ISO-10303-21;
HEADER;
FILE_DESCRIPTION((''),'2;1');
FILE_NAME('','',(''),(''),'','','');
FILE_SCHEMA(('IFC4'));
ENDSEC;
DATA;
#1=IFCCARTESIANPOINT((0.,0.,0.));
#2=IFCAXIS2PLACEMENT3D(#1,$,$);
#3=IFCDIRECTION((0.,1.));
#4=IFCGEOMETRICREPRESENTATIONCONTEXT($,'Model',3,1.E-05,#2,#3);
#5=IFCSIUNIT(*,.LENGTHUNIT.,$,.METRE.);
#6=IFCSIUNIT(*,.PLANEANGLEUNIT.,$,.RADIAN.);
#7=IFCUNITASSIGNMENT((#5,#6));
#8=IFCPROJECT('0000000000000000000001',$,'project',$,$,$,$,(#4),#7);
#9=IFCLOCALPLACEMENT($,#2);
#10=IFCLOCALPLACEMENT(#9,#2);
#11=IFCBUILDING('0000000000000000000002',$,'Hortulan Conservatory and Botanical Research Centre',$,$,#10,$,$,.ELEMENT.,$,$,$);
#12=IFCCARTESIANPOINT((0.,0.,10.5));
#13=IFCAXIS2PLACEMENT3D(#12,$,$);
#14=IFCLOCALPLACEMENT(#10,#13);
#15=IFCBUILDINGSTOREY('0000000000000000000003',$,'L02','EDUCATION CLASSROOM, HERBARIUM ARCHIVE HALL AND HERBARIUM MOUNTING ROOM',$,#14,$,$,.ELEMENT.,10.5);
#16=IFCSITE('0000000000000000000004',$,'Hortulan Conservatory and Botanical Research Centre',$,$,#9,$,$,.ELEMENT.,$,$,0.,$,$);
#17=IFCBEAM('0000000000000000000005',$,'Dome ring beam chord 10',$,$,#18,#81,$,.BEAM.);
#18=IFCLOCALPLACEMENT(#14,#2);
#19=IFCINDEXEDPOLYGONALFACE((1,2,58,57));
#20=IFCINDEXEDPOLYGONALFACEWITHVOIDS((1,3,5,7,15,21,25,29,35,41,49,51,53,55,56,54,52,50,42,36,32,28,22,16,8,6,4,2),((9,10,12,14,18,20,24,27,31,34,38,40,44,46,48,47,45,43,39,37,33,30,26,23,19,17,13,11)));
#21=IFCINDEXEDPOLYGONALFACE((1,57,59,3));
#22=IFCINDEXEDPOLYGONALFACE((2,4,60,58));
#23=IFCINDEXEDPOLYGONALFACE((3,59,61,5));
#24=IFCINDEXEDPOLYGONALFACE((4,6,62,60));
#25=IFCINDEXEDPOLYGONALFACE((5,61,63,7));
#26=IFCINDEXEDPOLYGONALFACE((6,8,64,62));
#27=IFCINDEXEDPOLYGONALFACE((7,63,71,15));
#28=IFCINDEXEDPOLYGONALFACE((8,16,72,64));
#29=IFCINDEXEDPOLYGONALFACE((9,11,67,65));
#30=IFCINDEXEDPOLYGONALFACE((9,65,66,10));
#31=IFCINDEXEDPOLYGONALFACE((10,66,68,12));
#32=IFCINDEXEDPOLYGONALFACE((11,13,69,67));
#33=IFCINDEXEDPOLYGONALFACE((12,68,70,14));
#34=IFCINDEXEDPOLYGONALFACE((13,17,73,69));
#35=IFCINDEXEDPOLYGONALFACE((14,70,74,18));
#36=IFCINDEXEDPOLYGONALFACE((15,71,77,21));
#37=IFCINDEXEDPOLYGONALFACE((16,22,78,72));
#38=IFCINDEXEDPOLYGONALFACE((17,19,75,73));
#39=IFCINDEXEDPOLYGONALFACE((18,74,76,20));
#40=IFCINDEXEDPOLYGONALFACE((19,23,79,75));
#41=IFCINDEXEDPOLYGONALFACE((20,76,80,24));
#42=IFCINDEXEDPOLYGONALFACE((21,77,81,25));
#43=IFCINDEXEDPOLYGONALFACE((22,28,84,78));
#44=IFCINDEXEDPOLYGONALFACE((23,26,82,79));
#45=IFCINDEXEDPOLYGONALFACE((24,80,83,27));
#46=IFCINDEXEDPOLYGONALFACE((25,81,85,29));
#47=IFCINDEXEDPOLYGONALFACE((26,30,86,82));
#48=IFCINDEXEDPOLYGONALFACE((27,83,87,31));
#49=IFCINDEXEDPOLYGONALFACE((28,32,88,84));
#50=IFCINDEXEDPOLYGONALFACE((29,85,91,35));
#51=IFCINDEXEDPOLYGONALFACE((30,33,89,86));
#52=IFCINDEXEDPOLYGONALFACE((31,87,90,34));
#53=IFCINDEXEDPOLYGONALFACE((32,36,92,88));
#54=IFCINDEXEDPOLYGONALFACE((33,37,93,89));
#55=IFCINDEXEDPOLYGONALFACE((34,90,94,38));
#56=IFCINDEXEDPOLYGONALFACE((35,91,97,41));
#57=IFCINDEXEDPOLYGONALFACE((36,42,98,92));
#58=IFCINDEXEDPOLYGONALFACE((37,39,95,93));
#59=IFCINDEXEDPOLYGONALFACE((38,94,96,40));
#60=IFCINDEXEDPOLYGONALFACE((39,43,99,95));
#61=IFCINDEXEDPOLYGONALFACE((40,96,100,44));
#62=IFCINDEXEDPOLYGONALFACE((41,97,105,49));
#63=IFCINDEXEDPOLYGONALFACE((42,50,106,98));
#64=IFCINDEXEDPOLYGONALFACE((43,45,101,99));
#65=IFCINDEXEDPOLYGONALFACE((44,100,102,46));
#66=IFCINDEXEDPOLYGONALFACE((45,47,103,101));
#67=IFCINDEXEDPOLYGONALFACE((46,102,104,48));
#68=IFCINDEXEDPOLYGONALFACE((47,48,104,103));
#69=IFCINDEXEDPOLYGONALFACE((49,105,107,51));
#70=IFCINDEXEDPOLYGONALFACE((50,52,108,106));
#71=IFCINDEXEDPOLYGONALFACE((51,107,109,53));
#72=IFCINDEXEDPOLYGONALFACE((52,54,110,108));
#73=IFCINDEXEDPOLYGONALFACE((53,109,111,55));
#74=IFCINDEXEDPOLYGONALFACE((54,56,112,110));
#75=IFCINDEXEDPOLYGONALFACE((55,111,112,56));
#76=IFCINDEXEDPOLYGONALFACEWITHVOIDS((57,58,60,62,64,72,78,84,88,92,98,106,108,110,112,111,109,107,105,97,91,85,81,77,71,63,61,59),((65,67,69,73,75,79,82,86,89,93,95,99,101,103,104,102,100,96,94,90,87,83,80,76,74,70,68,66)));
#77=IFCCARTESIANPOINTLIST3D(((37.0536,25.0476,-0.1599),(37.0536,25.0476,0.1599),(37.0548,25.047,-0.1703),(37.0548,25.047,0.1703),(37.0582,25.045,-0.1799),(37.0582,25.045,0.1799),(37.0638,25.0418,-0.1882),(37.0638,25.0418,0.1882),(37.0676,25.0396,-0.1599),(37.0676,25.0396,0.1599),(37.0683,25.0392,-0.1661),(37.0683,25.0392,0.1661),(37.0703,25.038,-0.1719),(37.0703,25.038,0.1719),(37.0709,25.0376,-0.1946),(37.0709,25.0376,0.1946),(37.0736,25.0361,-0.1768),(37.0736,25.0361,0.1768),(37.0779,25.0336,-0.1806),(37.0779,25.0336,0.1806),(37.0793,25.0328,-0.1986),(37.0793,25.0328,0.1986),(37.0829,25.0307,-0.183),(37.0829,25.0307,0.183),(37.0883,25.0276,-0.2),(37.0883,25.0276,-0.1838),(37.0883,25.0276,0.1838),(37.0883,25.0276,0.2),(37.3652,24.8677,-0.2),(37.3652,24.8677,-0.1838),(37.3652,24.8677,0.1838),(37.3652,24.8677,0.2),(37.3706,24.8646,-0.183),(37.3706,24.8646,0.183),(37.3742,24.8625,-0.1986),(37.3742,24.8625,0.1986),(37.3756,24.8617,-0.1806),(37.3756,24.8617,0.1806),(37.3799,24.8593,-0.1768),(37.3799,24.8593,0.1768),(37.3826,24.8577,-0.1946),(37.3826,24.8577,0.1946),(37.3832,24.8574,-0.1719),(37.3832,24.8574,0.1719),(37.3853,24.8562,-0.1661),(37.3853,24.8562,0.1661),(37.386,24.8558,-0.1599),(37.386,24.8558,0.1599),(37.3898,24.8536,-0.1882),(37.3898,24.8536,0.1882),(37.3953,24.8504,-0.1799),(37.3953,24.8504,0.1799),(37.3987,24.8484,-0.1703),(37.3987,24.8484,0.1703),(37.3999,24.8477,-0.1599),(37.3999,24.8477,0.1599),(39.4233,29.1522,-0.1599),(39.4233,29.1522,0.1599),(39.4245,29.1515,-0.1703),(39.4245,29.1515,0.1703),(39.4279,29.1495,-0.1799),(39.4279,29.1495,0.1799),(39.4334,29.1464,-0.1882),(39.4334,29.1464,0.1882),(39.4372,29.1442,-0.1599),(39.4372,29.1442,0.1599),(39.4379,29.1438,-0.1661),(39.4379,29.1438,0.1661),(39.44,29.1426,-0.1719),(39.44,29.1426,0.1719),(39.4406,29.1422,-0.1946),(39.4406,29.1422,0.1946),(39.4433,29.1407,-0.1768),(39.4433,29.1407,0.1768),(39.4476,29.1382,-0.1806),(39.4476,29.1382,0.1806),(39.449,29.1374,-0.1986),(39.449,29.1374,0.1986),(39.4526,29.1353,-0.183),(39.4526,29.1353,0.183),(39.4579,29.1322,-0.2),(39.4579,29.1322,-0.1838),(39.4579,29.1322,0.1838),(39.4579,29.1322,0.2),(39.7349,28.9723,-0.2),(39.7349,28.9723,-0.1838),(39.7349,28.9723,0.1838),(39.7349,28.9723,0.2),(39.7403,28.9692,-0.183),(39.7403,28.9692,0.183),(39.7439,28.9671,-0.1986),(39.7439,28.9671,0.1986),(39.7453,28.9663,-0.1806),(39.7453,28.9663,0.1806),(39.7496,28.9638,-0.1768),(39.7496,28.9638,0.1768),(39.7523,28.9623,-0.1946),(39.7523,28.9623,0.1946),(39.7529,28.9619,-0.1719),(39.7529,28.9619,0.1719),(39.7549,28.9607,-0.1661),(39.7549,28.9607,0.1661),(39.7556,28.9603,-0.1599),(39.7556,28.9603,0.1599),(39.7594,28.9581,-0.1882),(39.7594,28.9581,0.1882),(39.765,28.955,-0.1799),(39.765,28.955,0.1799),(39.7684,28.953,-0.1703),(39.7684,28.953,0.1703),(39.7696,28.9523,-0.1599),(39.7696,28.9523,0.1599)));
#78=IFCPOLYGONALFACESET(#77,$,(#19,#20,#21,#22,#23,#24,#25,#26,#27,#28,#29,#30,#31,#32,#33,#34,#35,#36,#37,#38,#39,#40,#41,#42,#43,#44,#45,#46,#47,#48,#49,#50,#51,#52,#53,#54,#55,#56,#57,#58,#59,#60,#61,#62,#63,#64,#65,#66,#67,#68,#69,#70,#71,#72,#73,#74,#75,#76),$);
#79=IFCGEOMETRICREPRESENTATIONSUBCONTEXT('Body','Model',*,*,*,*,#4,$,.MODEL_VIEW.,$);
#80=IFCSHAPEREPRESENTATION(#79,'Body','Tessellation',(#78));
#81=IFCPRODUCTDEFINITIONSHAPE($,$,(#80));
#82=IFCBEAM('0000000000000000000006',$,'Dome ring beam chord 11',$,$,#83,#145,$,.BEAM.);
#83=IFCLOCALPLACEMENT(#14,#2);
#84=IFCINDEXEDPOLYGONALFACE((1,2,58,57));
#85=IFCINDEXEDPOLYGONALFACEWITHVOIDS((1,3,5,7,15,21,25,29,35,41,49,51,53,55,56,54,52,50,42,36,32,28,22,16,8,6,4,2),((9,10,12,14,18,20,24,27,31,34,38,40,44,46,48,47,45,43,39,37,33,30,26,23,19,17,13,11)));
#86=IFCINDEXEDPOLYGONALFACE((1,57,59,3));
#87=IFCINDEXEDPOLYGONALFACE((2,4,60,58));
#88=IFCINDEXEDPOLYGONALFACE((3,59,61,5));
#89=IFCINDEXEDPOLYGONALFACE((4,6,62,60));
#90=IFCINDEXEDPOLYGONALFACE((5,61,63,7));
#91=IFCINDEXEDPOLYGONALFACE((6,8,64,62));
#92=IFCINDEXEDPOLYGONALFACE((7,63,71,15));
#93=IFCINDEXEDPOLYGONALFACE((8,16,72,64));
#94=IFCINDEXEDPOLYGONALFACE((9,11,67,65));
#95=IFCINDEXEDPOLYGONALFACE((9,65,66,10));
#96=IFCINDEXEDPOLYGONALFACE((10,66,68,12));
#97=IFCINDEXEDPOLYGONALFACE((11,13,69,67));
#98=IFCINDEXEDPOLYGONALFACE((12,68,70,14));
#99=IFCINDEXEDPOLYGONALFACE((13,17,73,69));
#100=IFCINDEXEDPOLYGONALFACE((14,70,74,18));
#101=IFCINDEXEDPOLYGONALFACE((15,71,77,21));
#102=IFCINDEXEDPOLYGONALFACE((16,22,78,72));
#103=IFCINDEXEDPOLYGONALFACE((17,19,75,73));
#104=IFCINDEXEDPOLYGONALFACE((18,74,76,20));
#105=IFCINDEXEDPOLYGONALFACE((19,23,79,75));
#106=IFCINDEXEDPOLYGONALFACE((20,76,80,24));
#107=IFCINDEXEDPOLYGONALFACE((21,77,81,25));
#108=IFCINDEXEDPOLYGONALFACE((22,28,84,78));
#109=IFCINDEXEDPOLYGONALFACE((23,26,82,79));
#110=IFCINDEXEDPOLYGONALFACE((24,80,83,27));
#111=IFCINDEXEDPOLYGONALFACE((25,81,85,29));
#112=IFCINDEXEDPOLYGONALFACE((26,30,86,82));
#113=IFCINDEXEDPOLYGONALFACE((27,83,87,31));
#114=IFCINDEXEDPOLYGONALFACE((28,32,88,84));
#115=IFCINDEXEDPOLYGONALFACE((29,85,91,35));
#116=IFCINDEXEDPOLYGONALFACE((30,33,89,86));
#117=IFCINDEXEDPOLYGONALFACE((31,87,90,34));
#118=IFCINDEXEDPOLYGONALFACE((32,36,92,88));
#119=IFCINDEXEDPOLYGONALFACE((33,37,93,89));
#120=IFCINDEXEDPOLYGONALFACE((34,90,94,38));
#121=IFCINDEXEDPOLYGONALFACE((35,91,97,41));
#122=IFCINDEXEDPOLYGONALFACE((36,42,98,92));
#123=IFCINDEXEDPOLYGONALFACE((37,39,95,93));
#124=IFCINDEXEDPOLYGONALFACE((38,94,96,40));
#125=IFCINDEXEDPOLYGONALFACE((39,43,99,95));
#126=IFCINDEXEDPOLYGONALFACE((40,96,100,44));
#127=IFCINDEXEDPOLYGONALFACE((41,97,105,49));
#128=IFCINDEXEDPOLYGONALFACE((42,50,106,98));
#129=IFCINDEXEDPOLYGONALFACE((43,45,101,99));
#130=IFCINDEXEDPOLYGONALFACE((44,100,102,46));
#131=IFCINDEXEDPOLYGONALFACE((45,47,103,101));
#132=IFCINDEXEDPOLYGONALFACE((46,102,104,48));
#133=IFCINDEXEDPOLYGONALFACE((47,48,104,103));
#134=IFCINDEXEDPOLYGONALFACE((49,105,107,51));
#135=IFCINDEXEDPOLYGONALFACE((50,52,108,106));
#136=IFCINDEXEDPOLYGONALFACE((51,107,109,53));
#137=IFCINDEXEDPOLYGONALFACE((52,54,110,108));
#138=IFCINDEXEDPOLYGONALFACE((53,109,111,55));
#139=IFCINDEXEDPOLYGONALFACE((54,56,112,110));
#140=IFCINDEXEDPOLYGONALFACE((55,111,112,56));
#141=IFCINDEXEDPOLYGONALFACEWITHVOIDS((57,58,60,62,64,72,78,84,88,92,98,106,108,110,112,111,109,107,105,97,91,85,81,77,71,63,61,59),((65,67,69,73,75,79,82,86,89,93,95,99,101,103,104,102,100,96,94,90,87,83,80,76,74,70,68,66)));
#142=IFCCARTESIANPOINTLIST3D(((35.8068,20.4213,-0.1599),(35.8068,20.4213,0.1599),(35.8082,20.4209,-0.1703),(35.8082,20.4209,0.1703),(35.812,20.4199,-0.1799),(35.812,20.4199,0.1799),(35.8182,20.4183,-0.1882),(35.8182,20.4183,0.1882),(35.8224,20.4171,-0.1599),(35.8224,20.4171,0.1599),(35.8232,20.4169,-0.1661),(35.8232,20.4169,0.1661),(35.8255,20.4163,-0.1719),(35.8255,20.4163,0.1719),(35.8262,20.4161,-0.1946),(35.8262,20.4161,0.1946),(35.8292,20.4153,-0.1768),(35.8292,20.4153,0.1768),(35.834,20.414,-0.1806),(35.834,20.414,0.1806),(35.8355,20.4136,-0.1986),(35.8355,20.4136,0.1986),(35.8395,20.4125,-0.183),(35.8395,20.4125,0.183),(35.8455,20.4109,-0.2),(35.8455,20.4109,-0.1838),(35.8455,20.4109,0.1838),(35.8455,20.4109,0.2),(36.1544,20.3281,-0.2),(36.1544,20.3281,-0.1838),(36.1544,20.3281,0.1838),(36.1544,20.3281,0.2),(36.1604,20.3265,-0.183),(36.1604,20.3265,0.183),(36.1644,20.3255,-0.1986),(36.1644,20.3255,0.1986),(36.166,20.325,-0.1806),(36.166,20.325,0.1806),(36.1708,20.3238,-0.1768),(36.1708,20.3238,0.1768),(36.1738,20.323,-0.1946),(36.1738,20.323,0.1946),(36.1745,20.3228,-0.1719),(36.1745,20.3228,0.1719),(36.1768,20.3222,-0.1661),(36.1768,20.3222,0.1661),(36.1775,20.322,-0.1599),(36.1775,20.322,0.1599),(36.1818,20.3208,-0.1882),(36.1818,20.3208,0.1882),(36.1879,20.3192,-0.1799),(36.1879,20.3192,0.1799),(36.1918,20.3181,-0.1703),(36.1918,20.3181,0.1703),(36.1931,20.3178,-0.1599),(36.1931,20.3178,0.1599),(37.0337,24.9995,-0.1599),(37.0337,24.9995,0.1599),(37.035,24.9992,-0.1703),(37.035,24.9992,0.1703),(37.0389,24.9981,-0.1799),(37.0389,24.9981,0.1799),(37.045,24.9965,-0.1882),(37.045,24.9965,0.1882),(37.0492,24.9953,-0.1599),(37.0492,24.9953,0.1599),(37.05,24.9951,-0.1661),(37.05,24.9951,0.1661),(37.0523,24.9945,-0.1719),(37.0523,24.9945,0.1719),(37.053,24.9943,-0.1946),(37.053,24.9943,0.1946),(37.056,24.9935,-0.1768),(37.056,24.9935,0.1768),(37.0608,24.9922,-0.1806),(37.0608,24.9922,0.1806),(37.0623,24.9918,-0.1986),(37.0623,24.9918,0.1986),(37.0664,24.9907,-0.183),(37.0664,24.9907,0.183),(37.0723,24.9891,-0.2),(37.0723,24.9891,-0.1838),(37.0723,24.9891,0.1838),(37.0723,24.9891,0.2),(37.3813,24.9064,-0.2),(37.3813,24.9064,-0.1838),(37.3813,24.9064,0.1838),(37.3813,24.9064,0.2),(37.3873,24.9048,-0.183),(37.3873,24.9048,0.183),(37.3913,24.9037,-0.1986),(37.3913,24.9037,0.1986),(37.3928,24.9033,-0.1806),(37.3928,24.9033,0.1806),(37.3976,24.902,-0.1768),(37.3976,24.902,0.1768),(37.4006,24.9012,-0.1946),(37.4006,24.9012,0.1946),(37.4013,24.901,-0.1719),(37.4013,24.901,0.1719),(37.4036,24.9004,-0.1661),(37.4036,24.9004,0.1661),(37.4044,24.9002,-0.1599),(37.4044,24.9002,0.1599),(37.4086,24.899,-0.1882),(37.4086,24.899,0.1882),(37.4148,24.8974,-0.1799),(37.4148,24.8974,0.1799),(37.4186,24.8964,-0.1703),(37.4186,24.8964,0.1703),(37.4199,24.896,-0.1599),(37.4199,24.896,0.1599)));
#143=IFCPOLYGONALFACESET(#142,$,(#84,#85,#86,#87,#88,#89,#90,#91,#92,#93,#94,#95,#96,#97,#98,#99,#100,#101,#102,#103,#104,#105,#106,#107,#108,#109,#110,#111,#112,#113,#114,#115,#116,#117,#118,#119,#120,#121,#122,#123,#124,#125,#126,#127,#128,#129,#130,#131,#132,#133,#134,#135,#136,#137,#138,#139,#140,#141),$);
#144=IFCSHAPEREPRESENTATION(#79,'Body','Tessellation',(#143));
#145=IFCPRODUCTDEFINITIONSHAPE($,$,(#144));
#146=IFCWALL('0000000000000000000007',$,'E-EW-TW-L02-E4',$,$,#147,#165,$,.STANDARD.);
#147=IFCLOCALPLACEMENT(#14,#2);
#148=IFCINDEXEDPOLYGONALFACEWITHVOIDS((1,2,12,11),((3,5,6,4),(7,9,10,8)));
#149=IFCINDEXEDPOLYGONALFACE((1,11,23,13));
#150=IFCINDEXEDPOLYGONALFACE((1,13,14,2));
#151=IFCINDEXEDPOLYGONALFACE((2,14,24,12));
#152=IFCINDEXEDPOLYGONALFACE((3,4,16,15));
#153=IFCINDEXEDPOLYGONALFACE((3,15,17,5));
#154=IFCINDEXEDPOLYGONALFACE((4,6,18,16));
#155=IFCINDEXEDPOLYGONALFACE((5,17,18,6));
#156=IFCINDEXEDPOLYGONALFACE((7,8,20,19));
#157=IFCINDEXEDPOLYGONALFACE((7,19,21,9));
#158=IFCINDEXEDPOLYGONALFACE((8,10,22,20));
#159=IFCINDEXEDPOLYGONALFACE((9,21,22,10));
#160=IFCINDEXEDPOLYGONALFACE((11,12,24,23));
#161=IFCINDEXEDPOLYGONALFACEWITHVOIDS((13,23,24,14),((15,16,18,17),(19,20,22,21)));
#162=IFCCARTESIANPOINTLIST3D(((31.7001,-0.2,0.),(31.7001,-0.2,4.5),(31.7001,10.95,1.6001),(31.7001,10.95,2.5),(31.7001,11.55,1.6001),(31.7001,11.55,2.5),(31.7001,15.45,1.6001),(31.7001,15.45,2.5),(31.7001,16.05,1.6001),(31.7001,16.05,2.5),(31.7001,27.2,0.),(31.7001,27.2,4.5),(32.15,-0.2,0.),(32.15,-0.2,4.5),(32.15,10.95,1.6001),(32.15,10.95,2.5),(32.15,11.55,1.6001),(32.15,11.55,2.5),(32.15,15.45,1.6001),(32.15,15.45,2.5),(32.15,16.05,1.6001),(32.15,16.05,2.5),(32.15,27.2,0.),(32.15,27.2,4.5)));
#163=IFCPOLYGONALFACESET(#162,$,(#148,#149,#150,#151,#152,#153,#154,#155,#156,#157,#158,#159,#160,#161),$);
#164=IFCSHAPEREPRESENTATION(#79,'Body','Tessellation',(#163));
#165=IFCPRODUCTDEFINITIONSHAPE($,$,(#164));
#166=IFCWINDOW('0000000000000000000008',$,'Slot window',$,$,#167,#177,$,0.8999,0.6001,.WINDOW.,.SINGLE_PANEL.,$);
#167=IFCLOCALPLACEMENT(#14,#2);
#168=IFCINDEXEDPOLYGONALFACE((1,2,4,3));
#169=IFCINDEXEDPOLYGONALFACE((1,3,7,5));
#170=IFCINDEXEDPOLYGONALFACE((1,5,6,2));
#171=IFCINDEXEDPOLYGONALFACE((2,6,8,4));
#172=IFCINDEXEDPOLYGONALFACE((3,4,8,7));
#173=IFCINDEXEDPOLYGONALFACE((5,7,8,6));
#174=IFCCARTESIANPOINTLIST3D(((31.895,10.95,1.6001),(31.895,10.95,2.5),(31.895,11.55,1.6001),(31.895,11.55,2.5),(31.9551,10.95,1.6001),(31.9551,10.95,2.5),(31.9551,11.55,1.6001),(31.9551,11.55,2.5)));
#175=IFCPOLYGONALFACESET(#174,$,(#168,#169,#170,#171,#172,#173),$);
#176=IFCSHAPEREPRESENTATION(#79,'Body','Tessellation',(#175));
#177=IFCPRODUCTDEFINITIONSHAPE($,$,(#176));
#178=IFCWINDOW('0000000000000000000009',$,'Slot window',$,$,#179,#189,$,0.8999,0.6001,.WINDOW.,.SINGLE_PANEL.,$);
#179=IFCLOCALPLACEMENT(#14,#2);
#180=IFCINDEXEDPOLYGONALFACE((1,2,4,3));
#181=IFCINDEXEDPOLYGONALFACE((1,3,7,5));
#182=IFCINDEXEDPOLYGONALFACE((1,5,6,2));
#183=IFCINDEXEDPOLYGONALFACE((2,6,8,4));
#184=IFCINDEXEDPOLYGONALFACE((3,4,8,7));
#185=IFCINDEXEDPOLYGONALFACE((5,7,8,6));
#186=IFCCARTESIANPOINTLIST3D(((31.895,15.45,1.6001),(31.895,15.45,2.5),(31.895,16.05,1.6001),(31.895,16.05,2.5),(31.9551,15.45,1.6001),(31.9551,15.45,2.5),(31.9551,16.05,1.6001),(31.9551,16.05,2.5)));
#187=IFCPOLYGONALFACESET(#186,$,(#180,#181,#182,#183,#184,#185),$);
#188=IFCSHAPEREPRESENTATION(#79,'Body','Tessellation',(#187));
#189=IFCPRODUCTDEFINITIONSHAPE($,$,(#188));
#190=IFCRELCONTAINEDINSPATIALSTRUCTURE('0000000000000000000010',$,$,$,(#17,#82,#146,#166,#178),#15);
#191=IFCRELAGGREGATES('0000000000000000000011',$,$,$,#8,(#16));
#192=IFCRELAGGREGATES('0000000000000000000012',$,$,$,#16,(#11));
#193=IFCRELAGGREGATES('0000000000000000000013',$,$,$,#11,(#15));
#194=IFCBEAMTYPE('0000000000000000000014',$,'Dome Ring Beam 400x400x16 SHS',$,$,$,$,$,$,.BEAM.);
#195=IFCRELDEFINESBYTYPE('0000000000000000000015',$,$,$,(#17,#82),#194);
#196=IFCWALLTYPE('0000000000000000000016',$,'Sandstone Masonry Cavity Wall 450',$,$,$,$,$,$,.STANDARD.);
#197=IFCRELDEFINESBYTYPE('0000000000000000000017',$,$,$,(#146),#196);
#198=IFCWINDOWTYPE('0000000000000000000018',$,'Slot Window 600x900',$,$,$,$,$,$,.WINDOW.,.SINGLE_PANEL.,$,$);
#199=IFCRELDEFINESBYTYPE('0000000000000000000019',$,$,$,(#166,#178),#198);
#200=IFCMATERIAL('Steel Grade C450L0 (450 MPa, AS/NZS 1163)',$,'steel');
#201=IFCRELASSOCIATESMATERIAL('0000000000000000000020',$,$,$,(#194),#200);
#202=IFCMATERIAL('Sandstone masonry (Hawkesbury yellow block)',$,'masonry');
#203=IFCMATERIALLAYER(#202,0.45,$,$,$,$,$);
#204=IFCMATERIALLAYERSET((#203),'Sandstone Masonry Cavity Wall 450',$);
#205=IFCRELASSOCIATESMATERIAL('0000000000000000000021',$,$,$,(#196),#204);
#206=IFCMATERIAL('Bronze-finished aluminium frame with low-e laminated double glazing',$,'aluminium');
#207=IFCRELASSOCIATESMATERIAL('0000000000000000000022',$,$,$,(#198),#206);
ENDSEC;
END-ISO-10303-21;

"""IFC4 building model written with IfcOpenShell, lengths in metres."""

from ifc_helpers import new_model, si_unit, direction, frame, frame_2d, origin, origin_2d, place, context, subcontext, project, spatial, rectangle, hollow_rectangle, extrude, material, layer, layer_set, material_profile, profile_set, type_object, element, fill, save


model = new_model("IFC4")

# Units and contexts
model_context = context("Model", 3, precision=1e-05, world=origin(), true_north=direction((0.0, 1.0)))
body_context = subcontext(model_context, "Body", "Model", "MODEL_VIEW")
ifc_project = project(units=[si_unit("LENGTHUNIT", "METRE"), si_unit("PLANEANGLEUNIT", "RADIAN")], contexts=[model_context])

# Site, building, storey
site_placement = place(None, origin())
site = spatial("IfcSite", under=ifc_project, at=site_placement, Name="Hortulan Conservatory and Botanical Research Centre", CompositionType="ELEMENT", RefElevation=0.0)
building_placement = place(site_placement, origin())
building = spatial("IfcBuilding", under=site, at=building_placement, Name="Hortulan Conservatory and Botanical Research Centre", CompositionType="ELEMENT")
storey_placement = place(building_placement, frame((0.0, 0.0, 10.5)))
storey = spatial("IfcBuildingStorey", under=building, at=storey_placement, Name="L02", Description="EDUCATION CLASSROOM, HERBARIUM ARCHIVE HALL AND HERBARIUM MOUNTING ROOM", CompositionType="ELEMENT", Elevation=10.5)

# Beams
ifc_material_1 = material(Name="Steel Grade C450L0 (450 MPa, AS/NZS 1163)", Category="steel")
ifc_material_profile_1 = material_profile(ifc_material_1, hollow_rectangle(XDim=0.3999, YDim=0.3999, WallThickness=0.0161, InnerFilletRadius=0.0239, OuterFilletRadius=0.04, at=origin_2d()), Name="400x400x16SHS")
ifc_profile_set_1 = profile_set([ifc_material_profile_1], Name="Steel Grade C450L0 (450 MPa, AS/NZS 1163)")
beam_type_1 = type_object("IfcBeamType", Name="Dome Ring Beam 400x400x16 SHS", PredefinedType="BEAM", material=ifc_profile_set_1)
for number, where, z_axis, x_axis, name in (
    (1, (39.5964, 29.0522, 0.0), (-0.499984, -0.866035, 0.0), (0.866035, -0.499984, 0.0), "Dome ring beam chord 10"),
):
    element("IfcBeam", number, at=place(storey_placement, frame(where, z_axis=z_axis, x_axis=x_axis)), inside=storey, type_object=beam_type_1, Name=name, PredefinedType="BEAM", context=body_context, shape_type="SweptSolid", body=[
        extrude(hollow_rectangle(XDim=0.3999, YDim=0.3999, WallThickness=0.0161, InnerFilletRadius=0.0239, OuterFilletRadius=0.04, at=origin_2d()), origin(), (0.0, 0.0, 1.0), 4.7395),
    ])
beam_placement = place(storey_placement, frame((37.2268, 24.9478, 0.0), z_axis=(-0.258839, -0.96592, 0.0), x_axis=(0.96592, -0.258839, 0.0)))
element("IfcBeam", 2, at=beam_placement, inside=storey, type_object=beam_type_1, Name="Dome ring beam chord 11", PredefinedType="BEAM", context=body_context, shape_type="SweptSolid", body=[
    extrude(hollow_rectangle(XDim=0.3999, YDim=0.3999, WallThickness=0.0161, InnerFilletRadius=0.0239, OuterFilletRadius=0.04, at=origin_2d()), origin(), (0.0, 0.0, 1.0), 4.7397),
])

# Wall, openings, windows
ifc_material_2 = material(Name="Sandstone masonry (Hawkesbury yellow block)", Category="masonry")
ifc_layer_1 = layer(ifc_material_2, 0.45)
ifc_layer_set_1 = layer_set([ifc_layer_1], Name="Sandstone Masonry Cavity Wall 450")
wall_type_1 = type_object("IfcWallType", Name="Sandstone Masonry Cavity Wall 450", PredefinedType="STANDARD", material=ifc_layer_set_1)
wall_1_placement = place(storey_placement, frame((31.925, 27.2, 0.0), z_axis=(0.0, 0.0, 1.0), x_axis=(0.0, -1.0, 0.0)))
wall_1 = element("IfcWall", 3, at=wall_1_placement, inside=storey, type_object=wall_type_1, Name="E-EW-TW-L02-E4", PredefinedType="STANDARD", context=body_context, shape_type="SweptSolid", body=[
    extrude(rectangle(XDim=27.3999, YDim=0.45, at=frame_2d((13.7, 0.0))), origin(), (0.0, 0.0, 1.0), 4.5),
])
opening_1_placement = place(wall_1_placement, frame((15.6499, 0.0, 1.6001)))
opening_1 = element("IfcOpeningElement", 4, at=opening_1_placement, cuts=wall_1, PredefinedType="OPENING", context=body_context, shape_type="SweptSolid", body=[
    extrude(rectangle(XDim=0.6001, YDim=0.8999, at=frame_2d((0.3, 0.45))), frame((0.0, 0.2349, 0.0), z_axis=(0.0, -1.0, 0.0), x_axis=(1.0, 0.0, 0.0)), (0.0, 0.0, 1.0), 0.47),
])
opening_2_placement = place(wall_1_placement, frame((11.1499, 0.0, 1.6001)))
opening_2 = element("IfcOpeningElement", 5, at=opening_2_placement, cuts=wall_1, PredefinedType="OPENING", context=body_context, shape_type="SweptSolid", body=[
    extrude(rectangle(XDim=0.6001, YDim=0.8999, at=frame_2d((0.3, 0.45))), frame((0.0, 0.2349, 0.0), z_axis=(0.0, -1.0, 0.0), x_axis=(1.0, 0.0, 0.0)), (0.0, 0.0, 1.0), 0.47),
])
ifc_material_3 = material(Name="Bronze-finished aluminium frame with low-e laminated double glazing", Category="aluminium")
window_type = type_object("IfcWindowType", Name="Slot Window 600x900", PartitioningType="SINGLE_PANEL", PredefinedType="WINDOW", material=ifc_material_3)
window_1_placement = place(opening_1_placement, origin())
window_1 = element("IfcWindow", 6, at=window_1_placement, inside=storey, type_object=window_type, Name="Slot window", OverallHeight=0.8999, OverallWidth=0.6001, PartitioningType="SINGLE_PANEL", PredefinedType="WINDOW", context=body_context, shape_type="SweptSolid", body=[
    extrude(rectangle(XDim=0.6001, YDim=0.8999, at=frame_2d((0.3, 0.45))), frame((0.0, 0.03, 0.0), z_axis=(0.0, -1.0, 0.0), x_axis=(1.0, 0.0, 0.0)), (0.0, 0.0, 1.0), 0.0601),
])
fill(opening_1, window_1)
window_2_placement = place(opening_2_placement, origin())
window_2 = element("IfcWindow", 7, at=window_2_placement, inside=storey, type_object=window_type, Name="Slot window", OverallHeight=0.8999, OverallWidth=0.6001, PartitioningType="SINGLE_PANEL", PredefinedType="WINDOW", context=body_context, shape_type="SweptSolid", body=[
    extrude(rectangle(XDim=0.6001, YDim=0.8999, at=frame_2d((0.3, 0.45))), frame((0.0, 0.03, 0.0), z_axis=(0.0, -1.0, 0.0), x_axis=(1.0, 0.0, 0.0)), (0.0, 0.0, 1.0), 0.0601),
])
fill(opening_2, window_2)

save(model, "model.ifc")
